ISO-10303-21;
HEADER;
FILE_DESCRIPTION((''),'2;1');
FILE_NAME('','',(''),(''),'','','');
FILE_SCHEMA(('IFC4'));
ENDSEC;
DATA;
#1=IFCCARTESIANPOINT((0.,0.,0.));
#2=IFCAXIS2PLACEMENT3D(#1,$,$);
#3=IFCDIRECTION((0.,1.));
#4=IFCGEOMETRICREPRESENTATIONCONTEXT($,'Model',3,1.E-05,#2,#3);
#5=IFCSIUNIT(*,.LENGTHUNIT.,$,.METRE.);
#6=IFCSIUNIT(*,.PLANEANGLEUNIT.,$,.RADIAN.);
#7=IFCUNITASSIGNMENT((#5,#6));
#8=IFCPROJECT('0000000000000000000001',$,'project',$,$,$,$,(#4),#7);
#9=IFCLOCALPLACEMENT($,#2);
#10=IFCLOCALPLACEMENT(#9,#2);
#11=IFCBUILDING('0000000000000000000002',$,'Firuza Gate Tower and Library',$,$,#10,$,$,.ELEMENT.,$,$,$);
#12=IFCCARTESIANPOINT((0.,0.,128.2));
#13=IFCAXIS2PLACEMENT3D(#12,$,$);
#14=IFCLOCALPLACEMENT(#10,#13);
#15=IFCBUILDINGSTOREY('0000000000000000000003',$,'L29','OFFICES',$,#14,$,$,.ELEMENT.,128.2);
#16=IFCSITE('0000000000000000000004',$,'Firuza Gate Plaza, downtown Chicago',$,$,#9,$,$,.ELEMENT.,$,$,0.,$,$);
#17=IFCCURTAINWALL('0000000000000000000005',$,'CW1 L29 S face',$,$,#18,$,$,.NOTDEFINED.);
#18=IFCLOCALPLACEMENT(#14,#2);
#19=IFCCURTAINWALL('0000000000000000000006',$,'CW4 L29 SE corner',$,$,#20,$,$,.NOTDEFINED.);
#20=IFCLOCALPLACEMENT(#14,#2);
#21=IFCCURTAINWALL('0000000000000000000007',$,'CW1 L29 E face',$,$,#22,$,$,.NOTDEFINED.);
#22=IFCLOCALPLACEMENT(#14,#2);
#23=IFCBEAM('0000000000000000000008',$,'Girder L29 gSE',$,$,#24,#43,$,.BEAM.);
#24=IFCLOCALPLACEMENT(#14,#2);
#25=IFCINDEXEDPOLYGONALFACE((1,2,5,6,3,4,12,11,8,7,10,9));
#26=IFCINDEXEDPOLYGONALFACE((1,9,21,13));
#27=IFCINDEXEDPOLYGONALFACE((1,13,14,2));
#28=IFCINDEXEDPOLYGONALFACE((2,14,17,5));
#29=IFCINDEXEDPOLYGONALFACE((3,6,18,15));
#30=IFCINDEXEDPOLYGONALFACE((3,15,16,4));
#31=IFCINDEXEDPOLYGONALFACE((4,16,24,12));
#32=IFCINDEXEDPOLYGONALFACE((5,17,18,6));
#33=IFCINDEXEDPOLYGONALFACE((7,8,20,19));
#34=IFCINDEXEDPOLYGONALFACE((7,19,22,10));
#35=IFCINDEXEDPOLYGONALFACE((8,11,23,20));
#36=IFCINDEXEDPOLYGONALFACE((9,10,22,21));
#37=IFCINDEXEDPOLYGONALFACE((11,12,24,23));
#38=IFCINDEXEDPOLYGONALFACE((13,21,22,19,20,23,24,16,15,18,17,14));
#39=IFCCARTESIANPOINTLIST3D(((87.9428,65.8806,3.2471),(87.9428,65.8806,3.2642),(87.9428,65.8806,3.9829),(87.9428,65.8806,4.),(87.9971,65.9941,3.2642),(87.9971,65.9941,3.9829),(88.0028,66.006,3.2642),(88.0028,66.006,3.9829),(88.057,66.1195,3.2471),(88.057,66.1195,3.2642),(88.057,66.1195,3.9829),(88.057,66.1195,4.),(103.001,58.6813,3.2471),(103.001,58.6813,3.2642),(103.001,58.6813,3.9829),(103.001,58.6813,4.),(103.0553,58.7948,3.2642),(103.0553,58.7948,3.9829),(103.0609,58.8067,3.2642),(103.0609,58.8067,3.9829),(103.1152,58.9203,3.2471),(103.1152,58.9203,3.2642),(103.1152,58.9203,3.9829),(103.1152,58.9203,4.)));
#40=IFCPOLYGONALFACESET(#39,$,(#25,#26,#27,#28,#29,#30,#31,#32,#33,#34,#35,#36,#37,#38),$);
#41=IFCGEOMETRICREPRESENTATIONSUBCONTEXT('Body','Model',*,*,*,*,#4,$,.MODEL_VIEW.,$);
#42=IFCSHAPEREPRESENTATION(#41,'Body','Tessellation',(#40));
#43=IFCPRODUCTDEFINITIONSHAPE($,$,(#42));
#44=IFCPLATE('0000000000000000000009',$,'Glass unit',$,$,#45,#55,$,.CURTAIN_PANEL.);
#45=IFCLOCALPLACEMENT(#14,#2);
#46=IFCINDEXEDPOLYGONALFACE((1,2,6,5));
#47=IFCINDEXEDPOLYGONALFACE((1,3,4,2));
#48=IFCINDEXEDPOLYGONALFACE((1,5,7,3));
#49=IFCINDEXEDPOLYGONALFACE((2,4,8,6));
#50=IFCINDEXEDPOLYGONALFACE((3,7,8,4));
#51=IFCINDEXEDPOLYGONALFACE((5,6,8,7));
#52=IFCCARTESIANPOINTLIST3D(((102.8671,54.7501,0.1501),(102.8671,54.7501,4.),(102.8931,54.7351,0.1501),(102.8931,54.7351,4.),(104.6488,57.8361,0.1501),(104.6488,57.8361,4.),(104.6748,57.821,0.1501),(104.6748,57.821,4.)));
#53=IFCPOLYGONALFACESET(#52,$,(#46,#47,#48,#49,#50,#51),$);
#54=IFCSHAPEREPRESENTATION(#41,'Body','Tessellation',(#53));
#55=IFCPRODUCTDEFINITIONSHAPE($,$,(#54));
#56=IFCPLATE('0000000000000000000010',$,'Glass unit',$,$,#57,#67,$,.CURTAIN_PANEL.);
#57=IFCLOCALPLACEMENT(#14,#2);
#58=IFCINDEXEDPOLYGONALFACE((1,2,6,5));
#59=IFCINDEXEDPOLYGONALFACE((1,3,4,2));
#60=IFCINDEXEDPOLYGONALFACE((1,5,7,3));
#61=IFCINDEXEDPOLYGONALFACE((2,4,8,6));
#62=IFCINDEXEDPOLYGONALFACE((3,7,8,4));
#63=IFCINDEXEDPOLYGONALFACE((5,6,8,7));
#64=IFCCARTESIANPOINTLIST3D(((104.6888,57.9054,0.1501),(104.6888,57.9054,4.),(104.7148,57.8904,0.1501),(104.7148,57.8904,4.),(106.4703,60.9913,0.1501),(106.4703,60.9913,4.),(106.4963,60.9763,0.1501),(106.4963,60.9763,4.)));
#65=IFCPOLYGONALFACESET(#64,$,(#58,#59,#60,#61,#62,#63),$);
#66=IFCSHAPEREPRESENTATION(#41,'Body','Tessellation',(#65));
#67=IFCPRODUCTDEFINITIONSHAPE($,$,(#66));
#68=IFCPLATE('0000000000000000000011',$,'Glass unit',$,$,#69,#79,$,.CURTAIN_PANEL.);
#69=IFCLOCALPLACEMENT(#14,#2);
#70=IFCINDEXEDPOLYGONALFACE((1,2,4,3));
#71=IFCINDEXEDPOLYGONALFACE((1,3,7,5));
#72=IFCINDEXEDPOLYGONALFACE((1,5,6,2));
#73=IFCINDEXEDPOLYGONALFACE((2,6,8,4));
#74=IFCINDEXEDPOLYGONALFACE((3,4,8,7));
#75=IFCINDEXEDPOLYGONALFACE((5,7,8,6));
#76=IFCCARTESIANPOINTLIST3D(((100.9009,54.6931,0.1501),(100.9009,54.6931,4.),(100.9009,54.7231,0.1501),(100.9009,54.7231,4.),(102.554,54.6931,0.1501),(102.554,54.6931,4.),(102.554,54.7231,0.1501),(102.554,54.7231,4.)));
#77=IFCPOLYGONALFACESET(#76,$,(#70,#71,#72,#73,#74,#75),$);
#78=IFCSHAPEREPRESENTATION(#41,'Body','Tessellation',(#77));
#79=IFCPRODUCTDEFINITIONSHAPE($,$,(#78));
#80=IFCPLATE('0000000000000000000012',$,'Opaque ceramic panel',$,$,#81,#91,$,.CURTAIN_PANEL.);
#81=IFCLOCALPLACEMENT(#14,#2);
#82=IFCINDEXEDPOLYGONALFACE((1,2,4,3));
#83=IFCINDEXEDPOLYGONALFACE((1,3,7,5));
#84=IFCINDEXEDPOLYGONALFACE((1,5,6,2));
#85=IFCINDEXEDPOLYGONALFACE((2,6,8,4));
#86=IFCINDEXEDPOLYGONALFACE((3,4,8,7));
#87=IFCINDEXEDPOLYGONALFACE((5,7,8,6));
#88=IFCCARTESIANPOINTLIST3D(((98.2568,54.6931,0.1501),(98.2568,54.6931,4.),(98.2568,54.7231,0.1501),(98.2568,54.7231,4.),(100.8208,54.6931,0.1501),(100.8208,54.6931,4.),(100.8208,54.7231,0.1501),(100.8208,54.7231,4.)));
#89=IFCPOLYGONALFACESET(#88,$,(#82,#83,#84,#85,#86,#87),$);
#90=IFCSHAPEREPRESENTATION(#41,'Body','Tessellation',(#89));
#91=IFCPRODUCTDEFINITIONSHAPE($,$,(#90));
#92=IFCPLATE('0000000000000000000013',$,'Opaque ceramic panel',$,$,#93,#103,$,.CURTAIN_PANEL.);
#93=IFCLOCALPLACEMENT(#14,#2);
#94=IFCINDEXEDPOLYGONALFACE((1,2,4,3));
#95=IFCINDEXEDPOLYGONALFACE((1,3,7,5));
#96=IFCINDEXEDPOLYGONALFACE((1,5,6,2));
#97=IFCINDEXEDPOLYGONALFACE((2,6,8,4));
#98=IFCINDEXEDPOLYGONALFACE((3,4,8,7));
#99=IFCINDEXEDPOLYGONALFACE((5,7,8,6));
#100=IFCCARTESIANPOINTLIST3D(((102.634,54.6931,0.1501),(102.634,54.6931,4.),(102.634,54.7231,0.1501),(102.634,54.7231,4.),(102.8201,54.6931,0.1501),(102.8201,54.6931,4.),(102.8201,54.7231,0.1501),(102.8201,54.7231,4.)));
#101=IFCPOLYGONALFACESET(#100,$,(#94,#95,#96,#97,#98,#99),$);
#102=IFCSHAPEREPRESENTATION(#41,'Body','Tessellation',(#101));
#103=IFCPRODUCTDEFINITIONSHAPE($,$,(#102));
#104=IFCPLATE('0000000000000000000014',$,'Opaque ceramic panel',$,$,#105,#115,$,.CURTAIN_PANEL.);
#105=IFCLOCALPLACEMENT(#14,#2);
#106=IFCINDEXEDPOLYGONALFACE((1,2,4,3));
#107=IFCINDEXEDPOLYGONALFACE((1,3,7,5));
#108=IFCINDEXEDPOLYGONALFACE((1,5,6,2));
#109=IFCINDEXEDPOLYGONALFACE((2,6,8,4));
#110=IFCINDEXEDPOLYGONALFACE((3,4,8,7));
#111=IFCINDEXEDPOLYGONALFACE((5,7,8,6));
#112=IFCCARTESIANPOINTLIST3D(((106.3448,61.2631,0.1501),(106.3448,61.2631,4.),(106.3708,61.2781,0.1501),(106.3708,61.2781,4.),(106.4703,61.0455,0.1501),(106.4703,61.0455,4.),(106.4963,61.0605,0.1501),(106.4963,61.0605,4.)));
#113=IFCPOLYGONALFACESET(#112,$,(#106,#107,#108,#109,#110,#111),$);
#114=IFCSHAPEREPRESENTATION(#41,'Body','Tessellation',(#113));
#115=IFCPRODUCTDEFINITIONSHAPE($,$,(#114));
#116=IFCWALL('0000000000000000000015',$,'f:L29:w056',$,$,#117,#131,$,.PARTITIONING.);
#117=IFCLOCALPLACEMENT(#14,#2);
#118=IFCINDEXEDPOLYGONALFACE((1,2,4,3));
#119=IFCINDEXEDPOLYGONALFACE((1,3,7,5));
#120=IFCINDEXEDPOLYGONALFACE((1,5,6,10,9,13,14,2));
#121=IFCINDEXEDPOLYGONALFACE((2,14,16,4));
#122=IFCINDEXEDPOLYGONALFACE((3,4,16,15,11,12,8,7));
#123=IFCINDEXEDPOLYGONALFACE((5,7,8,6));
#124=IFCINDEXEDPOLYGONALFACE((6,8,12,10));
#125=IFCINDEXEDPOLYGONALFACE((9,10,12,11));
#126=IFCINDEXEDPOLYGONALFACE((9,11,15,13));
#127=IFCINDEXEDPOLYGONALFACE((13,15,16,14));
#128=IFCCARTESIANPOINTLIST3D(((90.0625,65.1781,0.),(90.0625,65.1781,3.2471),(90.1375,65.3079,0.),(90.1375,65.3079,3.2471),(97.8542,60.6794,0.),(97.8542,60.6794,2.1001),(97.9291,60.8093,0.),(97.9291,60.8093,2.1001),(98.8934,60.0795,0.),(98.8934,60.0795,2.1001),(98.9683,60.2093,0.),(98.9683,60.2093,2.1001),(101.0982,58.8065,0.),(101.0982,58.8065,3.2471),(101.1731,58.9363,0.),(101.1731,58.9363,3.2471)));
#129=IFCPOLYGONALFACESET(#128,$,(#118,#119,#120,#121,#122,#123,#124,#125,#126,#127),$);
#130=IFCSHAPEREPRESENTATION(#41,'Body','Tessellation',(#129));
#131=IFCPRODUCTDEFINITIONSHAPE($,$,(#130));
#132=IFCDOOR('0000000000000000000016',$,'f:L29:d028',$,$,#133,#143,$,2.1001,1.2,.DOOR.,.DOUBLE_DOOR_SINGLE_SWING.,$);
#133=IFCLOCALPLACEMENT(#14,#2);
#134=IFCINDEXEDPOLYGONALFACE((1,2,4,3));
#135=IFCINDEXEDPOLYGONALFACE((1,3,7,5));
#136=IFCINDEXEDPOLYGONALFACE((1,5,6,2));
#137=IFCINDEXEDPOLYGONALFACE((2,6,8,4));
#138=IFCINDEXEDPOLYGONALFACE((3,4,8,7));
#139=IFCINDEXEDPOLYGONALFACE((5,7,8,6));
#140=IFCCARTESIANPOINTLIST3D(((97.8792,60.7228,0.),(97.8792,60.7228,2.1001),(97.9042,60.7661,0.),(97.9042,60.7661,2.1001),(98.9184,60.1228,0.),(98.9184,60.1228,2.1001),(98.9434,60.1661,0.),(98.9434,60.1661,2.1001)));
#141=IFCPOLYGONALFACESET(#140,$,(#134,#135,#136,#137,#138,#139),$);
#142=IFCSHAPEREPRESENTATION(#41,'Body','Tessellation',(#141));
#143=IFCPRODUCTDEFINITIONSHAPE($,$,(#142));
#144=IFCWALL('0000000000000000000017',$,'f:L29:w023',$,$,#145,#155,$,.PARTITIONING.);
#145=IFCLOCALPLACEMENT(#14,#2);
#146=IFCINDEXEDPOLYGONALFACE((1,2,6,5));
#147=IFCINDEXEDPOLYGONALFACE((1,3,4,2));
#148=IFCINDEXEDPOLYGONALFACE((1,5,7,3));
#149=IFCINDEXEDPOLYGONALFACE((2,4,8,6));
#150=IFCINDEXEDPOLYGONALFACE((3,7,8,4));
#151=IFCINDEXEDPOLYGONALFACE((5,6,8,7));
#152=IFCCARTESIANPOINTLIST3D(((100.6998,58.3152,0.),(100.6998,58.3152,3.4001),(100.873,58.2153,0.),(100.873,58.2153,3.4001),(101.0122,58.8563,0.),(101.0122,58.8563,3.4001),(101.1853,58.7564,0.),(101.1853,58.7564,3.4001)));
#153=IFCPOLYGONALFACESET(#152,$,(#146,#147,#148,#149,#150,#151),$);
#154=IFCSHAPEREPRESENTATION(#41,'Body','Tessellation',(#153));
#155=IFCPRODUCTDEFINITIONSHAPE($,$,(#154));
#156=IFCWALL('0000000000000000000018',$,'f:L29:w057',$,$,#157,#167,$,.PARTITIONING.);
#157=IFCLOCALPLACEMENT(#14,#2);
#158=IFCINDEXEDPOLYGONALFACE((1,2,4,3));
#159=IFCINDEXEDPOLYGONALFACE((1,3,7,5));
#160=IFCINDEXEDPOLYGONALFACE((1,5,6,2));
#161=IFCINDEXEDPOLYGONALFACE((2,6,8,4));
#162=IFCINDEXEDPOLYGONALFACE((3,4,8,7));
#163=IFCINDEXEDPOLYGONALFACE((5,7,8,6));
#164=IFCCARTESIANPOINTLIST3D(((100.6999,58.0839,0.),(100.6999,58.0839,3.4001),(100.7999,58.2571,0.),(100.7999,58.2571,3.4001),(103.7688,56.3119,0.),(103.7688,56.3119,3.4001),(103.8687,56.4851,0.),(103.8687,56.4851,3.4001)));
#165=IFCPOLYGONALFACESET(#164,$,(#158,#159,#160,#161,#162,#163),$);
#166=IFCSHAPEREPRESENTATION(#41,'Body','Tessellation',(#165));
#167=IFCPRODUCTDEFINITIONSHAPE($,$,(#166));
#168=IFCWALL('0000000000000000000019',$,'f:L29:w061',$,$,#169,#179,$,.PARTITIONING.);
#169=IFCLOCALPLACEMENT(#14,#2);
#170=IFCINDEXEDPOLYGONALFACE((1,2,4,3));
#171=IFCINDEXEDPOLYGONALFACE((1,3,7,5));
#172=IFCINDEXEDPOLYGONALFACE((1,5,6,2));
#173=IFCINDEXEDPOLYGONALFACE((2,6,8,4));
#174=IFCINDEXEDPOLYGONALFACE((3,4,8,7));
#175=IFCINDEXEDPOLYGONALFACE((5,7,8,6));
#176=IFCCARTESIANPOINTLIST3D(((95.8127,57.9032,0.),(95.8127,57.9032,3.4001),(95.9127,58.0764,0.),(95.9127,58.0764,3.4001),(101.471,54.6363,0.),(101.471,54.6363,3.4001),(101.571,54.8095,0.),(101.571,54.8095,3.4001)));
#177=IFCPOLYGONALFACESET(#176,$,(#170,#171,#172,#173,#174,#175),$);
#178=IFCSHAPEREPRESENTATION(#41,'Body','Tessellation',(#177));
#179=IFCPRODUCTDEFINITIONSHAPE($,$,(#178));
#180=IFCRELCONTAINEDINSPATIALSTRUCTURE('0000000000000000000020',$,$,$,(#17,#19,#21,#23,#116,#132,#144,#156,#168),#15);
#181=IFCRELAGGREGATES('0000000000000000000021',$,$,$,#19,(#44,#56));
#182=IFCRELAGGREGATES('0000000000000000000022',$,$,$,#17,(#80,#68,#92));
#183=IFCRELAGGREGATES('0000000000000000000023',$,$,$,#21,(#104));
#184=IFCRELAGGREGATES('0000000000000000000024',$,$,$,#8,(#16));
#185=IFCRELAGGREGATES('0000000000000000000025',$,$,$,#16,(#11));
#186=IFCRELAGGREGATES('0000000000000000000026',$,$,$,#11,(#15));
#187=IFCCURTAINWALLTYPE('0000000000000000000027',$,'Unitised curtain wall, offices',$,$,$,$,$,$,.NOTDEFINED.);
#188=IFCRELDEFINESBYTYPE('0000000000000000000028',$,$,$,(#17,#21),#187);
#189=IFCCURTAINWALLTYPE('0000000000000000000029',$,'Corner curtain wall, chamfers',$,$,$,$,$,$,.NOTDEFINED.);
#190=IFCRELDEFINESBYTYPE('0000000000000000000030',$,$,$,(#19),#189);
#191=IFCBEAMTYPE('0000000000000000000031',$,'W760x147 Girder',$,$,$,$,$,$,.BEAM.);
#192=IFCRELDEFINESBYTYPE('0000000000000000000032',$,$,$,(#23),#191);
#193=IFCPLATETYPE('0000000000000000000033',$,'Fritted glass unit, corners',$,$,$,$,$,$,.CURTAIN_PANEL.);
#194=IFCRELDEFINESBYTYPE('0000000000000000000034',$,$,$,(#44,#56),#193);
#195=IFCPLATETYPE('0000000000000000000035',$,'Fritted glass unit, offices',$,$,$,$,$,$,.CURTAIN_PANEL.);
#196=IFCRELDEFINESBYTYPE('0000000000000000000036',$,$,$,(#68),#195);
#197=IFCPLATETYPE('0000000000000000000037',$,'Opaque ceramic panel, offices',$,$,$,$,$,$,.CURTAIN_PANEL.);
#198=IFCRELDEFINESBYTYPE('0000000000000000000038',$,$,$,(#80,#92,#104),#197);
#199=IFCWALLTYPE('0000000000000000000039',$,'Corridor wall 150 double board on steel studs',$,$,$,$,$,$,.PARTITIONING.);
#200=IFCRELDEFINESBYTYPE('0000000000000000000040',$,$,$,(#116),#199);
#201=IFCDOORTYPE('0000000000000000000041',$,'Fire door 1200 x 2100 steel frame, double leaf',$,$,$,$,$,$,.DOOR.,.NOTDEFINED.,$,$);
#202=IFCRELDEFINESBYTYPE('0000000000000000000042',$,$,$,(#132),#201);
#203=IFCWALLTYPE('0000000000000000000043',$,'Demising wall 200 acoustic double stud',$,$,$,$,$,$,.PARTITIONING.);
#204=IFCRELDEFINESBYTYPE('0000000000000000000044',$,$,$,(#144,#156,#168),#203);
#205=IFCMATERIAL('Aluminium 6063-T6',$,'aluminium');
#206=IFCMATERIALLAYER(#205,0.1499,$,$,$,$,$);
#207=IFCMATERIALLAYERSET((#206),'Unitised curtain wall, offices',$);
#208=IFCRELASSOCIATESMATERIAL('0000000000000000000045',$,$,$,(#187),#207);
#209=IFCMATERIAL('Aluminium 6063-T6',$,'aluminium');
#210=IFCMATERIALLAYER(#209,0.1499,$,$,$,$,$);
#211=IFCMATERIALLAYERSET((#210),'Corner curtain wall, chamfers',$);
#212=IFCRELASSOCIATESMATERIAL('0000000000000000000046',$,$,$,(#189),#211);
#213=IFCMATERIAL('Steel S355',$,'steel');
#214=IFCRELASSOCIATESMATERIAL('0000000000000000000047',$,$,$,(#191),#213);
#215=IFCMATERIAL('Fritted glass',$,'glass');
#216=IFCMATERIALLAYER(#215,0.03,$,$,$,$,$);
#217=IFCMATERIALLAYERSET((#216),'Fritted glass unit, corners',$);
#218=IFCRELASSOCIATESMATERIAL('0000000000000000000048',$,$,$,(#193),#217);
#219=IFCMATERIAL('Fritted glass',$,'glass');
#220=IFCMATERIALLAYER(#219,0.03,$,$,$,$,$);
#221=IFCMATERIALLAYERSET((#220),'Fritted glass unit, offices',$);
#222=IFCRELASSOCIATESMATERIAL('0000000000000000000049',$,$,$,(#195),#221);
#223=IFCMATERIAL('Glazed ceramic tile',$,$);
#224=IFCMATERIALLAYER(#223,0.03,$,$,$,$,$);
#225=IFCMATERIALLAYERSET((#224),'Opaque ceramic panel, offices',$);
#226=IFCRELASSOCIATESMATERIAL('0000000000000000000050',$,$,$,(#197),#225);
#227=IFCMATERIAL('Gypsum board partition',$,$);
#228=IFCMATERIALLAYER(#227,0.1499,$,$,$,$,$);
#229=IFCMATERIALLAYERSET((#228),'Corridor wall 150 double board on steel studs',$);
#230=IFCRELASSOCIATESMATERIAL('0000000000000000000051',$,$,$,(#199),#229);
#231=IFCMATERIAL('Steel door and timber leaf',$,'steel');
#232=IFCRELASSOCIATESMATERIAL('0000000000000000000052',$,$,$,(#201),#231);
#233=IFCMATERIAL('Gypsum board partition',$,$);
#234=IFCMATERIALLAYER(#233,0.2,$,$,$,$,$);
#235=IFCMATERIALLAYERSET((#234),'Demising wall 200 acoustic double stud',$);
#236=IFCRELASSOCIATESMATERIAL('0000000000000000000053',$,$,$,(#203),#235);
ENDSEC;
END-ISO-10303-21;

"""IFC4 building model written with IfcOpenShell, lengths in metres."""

from ifc_helpers import new_model, si_unit, direction, frame, frame_2d, origin, origin_2d, place, context, subcontext, project, spatial, polyline, rectangle, i_section, outline, extrude, material, layer, layer_set, material_profile, profile_set, type_object, element, fill, aggregate, save


model = new_model("IFC4")

# Units and contexts
model_context = context("Model", 3, precision=1e-05, world=origin(), true_north=direction((0.0, 1.0)))
body_context = subcontext(model_context, "Body", "Model", "MODEL_VIEW")
ifc_project = project(units=[si_unit("LENGTHUNIT", "METRE"), si_unit("PLANEANGLEUNIT", "RADIAN")], contexts=[model_context])

# Site, building, storey
site_placement = place(None, origin())
site = spatial("IfcSite", under=ifc_project, at=site_placement, Name="Firuza Gate Plaza, downtown Chicago", CompositionType="ELEMENT", RefElevation=0.0)
building_placement = place(site_placement, origin())
building = spatial("IfcBuilding", under=site, at=building_placement, Name="Firuza Gate Tower and Library", CompositionType="ELEMENT")
storey_placement = place(building_placement, frame((0.0, 0.0, 128.2)))
storey = spatial("IfcBuildingStorey", under=building, at=storey_placement, Name="L29", Description="OFFICES", CompositionType="ELEMENT", Elevation=128.2)

# Curtain walls
ifc_material_1 = material(Name="Aluminium 6063-T6", Category="aluminium")
ifc_layer_1 = layer(ifc_material_1, 0.1499)
ifc_layer_set_1 = layer_set([ifc_layer_1], Name="Unitised curtain wall, offices")
curtain_wall_type_1 = type_object("IfcCurtainWallType", Name="Unitised curtain wall, offices", PredefinedType="NOTDEFINED", material=ifc_layer_set_1)
placement = place(storey_placement, origin())
curtain_wall_1 = element("IfcCurtainWall", 1, at=placement, inside=storey, type_object=curtain_wall_type_1, Name="CW1 L29 S face", PredefinedType="NOTDEFINED")
ifc_material_2 = material(Name="Aluminium 6063-T6", Category="aluminium")
ifc_layer_2 = layer(ifc_material_2, 0.1499)
ifc_layer_set_2 = layer_set([ifc_layer_2], Name="Corner curtain wall, chamfers")
curtain_wall_type_2 = type_object("IfcCurtainWallType", Name="Corner curtain wall, chamfers", PredefinedType="NOTDEFINED", material=ifc_layer_set_2)
curtain_wall_2 = element("IfcCurtainWall", 2, at=placement, inside=storey, type_object=curtain_wall_type_2, Name="CW4 L29 SE corner", PredefinedType="NOTDEFINED")

# Curtain wall
curtain_wall_3 = element("IfcCurtainWall", 3, at=placement, inside=storey, type_object=curtain_wall_type_1, Name="CW1 L29 E face", PredefinedType="NOTDEFINED")

# Beam
ifc_material_3 = material(Name="Steel S355", Category="steel")
ifc_material_profile_1 = material_profile(ifc_material_3, i_section(OverallWidth=0.2649, OverallDepth=0.7529, WebThickness=0.0132, FlangeThickness=0.0171, at=origin_2d()))
ifc_profile_set_1 = profile_set([ifc_material_profile_1], Name="Steel S355")
beam_type_1 = type_object("IfcBeamType", Name="W760x147 Girder", PredefinedType="BEAM", material=ifc_profile_set_1)
beam_1_placement = place(storey_placement, frame((103.0581, 58.8008, 3.6235), z_axis=(-0.902192, 0.431334, 0.0), x_axis=(-0.431334, -0.902192, 0.0)))
element("IfcBeam", 4, at=beam_1_placement, inside=storey, type_object=beam_type_1, Name="Girder L29 gSE", PredefinedType="BEAM", context=body_context, shape_type="SweptSolid", body=[
    extrude(i_section(OverallWidth=0.2649, OverallDepth=0.7529, WebThickness=0.0132, FlangeThickness=0.0171, at=origin_2d()), origin(), (0.0, 0.0, 1.0), 16.6907),
])

# Plates
ifc_material_4 = material(Name="Fritted glass", Category="glass")
ifc_layer_3 = layer(ifc_material_4, 0.03)
ifc_layer_set_3 = layer_set([ifc_layer_3], Name="Fritted glass unit, corners")
plate_type_1 = type_object("IfcPlateType", Name="Fritted glass unit, corners", PredefinedType="CURTAIN_PANEL", material=ifc_layer_set_3)
plate_1_placement = place(storey_placement, frame((102.8931, 54.7351, 0.1501), z_axis=(0.866017, -0.500015, 0.0), x_axis=(0.500015, 0.866017, 0.0)))
plate_1 = element("IfcPlate", 5, at=plate_1_placement, type_object=plate_type_1, Name="Glass unit", PredefinedType="CURTAIN_PANEL", context=body_context, shape_type="SweptSolid", body=[
    extrude(outline(polyline([(0.0, 0.0), (3.5634, 0.0), (3.5634, 3.8499), (0.0, 3.8499), (0.0, 0.0)])), origin(), (0.0, 0.0, -1.0), 0.03),
])
plate_2_placement = place(storey_placement, frame((104.7148, 57.8904, 0.1501), z_axis=(0.866046, -0.499964, 0.0), x_axis=(0.499964, 0.866046, 0.0)))
plate_2 = element("IfcPlate", 6, at=plate_2_placement, type_object=plate_type_1, Name="Glass unit", PredefinedType="CURTAIN_PANEL", context=body_context, shape_type="SweptSolid", body=[
    extrude(outline(polyline([(0.0, 0.0), (3.5632, 0.0), (3.5632, 3.8499), (0.0, 3.8499), (0.0, 0.0)])), origin(), (0.0, 0.0, -1.0), 0.03),
])
aggregate(curtain_wall_2, [plate_1, plate_2])
ifc_material_5 = material(Name="Fritted glass", Category="glass")
ifc_layer_4 = layer(ifc_material_5, 0.03)
ifc_layer_set_4 = layer_set([ifc_layer_4], Name="Fritted glass unit, offices")
plate_type_2 = type_object("IfcPlateType", Name="Fritted glass unit, offices", PredefinedType="CURTAIN_PANEL", material=ifc_layer_set_4)
plate_3_placement = place(storey_placement, frame((100.9009, 54.6931, 0.1501), z_axis=(0.0, -1.0, 0.0), x_axis=(1.0, 0.0, 0.0)))
plate_3 = element("IfcPlate", 7, at=plate_3_placement, type_object=plate_type_2, Name="Glass unit", PredefinedType="CURTAIN_PANEL", context=body_context, shape_type="SweptSolid", body=[
    extrude(outline(polyline([(0.0, 0.0), (1.6531, 0.0), (1.6531, 3.8499), (0.0, 3.8499), (0.0, 0.0)])), origin(), (0.0, 0.0, -1.0), 0.03),
])
ifc_material_6 = material(Name="Glazed ceramic tile")
ifc_layer_5 = layer(ifc_material_6, 0.03)
ifc_layer_set_5 = layer_set([ifc_layer_5], Name="Opaque ceramic panel, offices")
plate_type_3 = type_object("IfcPlateType", Name="Opaque ceramic panel, offices", PredefinedType="CURTAIN_PANEL", material=ifc_layer_set_5)
plate_4_placement = place(storey_placement, frame((98.2568, 54.6931, 0.1501), z_axis=(0.0, -1.0, 0.0), x_axis=(1.0, 0.0, 0.0)))
plate_4 = element("IfcPlate", 8, at=plate_4_placement, type_object=plate_type_3, Name="Opaque ceramic panel", PredefinedType="CURTAIN_PANEL", context=body_context, shape_type="SweptSolid", body=[
    extrude(outline(polyline([(0.0, 0.0), (2.564, 0.0), (2.564, 3.8499), (0.0, 3.8499), (0.0, 0.0)])), origin(), (0.0, 0.0, -1.0), 0.03),
])
plate_5_placement = place(storey_placement, frame((102.634, 54.6931, 0.1501), z_axis=(0.0, -1.0, 0.0), x_axis=(1.0, 0.0, 0.0)))
plate_5 = element("IfcPlate", 9, at=plate_5_placement, type_object=plate_type_3, Name="Opaque ceramic panel", PredefinedType="CURTAIN_PANEL", context=body_context, shape_type="SweptSolid", body=[
    extrude(outline(polyline([(0.0, 0.0), (0.186, 0.0), (0.186, 3.8499), (0.0, 3.8499), (0.0, 0.0)])), origin(), (0.0, 0.0, -1.0), 0.03),
])
aggregate(curtain_wall_1, [plate_4, plate_3, plate_5])
plate_6_placement = place(storey_placement, frame((106.4963, 61.0605, 0.1501), z_axis=(0.866202, 0.499694, 0.0), x_axis=(-0.499694, 0.866202, 0.0)))
plate_6 = element("IfcPlate", 10, at=plate_6_placement, type_object=plate_type_3, Name="Opaque ceramic panel", PredefinedType="CURTAIN_PANEL", context=body_context, shape_type="SweptSolid", body=[
    extrude(outline(polyline([(0.0, 0.0), (0.2511, 0.0), (0.2511, 3.8499), (0.0, 3.8499), (0.0, 0.0)])), origin(), (0.0, 0.0, -1.0), 0.03),
])
aggregate(curtain_wall_3, [plate_6])

# Wall, opening, door
ifc_material_7 = material(Name="Gypsum board partition")
ifc_layer_6 = layer(ifc_material_7, 0.1499)
ifc_layer_set_6 = layer_set([ifc_layer_6], Name="Corridor wall 150 double board on steel studs")
wall_type_1 = type_object("IfcWallType", Name="Corridor wall 150 double board on steel studs", PredefinedType="PARTITIONING", material=ifc_layer_set_6)
wall_1_placement = place(storey_placement, frame((101.1357, 58.8713, 0.0), z_axis=(0.0, 0.0, 1.0), x_axis=(-0.86602, 0.500009, 0.0)))
wall_1 = element("IfcWall", 11, at=wall_1_placement, inside=storey, type_object=wall_type_1, Name="f:L29:w056", PredefinedType="PARTITIONING", context=body_context, shape_type="SweptSolid", body=[
    extrude(rectangle(XDim=12.7429, YDim=0.1499, at=frame_2d((6.3716, 0.0))), origin(), (0.0, 0.0, 1.0), 3.2471),
])
opening_1_placement = place(wall_1_placement, frame((2.5459, 0.0, 0.0)))
opening_1 = element("IfcOpeningElement", 12, at=opening_1_placement, cuts=wall_1, PredefinedType="OPENING", context=body_context, shape_type="SweptSolid", body=[
    extrude(rectangle(XDim=1.2, YDim=2.1001, at=frame_2d((0.6001, 1.05))), frame((0.0, 0.085, 0.0), z_axis=(0.0, -1.0, 0.0), x_axis=(1.0, 0.0, 0.0)), (0.0, 0.0, 1.0), 0.1699),
])
ifc_material_8 = material(Name="Steel door and timber leaf", Category="steel")
door_type_1 = type_object("IfcDoorType", Name="Fire door 1200 x 2100 steel frame, double leaf", OperationType="NOTDEFINED", PredefinedType="DOOR", material=ifc_material_8)
door_1_placement = place(opening_1_placement, origin())
door_1 = element("IfcDoor", 13, at=door_1_placement, inside=storey, type_object=door_type_1, Name="f:L29:d028", OperationType="DOUBLE_DOOR_SINGLE_SWING", OverallHeight=2.1001, OverallWidth=1.2, PredefinedType="DOOR", context=body_context, shape_type="SweptSolid", body=[
    extrude(rectangle(XDim=1.2, YDim=2.1001, at=frame_2d((0.6001, 1.05))), frame((0.0, 0.0249, 0.0), z_axis=(0.0, -1.0, 0.0), x_axis=(1.0, 0.0, 0.0)), (0.0, 0.0, 1.0), 0.05),
])
fill(opening_1, door_1)

# Walls
ifc_material_9 = material(Name="Gypsum board partition")
ifc_layer_7 = layer(ifc_material_9, 0.2)
ifc_layer_set_7 = layer_set([ifc_layer_7], Name="Demising wall 200 acoustic double stud")
wall_type_2 = type_object("IfcWallType", Name="Demising wall 200 acoustic double stud", PredefinedType="PARTITIONING", material=ifc_layer_set_7)
wall_2_placement = place(storey_placement, frame((100.7864, 58.2651, 0.0), z_axis=(0.0, 0.0, 1.0), x_axis=(0.49988, 0.866094, 0.0)))
element("IfcWall", 14, at=wall_2_placement, inside=storey, type_object=wall_type_2, Name="f:L29:w023", PredefinedType="PARTITIONING", context=body_context, shape_type="SweptSolid", body=[
    extrude(rectangle(XDim=0.6248, YDim=0.2, at=frame_2d((0.3125, 0.0))), origin(), (0.0, 0.0, 1.0), 3.4001),
])
wall_3_placement = place(storey_placement, frame((103.8188, 56.3984, 0.0), z_axis=(0.0, 0.0, 1.0), x_axis=(-0.866004, 0.500037, 0.0)))
element("IfcWall", 15, at=wall_3_placement, inside=storey, type_object=wall_type_2, Name="f:L29:w057", PredefinedType="PARTITIONING", context=body_context, shape_type="SweptSolid", body=[
    extrude(rectangle(XDim=3.5437, YDim=0.2, at=frame_2d((1.772, 0.0))), origin(), (0.0, 0.0, 1.0), 3.4001),
])
wall_4_placement = place(storey_placement, frame((101.521, 54.7229, 0.0), z_axis=(0.0, 0.0, 1.0), x_axis=(-0.86602, 0.500009, 0.0)))
element("IfcWall", 16, at=wall_4_placement, inside=storey, type_object=wall_type_2, Name="f:L29:w061", PredefinedType="PARTITIONING", context=body_context, shape_type="SweptSolid", body=[
    extrude(rectangle(XDim=6.5337, YDim=0.2, at=frame_2d((3.2668, 0.0))), origin(), (0.0, 0.0, 1.0), 3.4001),
])

save(model, "model.ifc")
